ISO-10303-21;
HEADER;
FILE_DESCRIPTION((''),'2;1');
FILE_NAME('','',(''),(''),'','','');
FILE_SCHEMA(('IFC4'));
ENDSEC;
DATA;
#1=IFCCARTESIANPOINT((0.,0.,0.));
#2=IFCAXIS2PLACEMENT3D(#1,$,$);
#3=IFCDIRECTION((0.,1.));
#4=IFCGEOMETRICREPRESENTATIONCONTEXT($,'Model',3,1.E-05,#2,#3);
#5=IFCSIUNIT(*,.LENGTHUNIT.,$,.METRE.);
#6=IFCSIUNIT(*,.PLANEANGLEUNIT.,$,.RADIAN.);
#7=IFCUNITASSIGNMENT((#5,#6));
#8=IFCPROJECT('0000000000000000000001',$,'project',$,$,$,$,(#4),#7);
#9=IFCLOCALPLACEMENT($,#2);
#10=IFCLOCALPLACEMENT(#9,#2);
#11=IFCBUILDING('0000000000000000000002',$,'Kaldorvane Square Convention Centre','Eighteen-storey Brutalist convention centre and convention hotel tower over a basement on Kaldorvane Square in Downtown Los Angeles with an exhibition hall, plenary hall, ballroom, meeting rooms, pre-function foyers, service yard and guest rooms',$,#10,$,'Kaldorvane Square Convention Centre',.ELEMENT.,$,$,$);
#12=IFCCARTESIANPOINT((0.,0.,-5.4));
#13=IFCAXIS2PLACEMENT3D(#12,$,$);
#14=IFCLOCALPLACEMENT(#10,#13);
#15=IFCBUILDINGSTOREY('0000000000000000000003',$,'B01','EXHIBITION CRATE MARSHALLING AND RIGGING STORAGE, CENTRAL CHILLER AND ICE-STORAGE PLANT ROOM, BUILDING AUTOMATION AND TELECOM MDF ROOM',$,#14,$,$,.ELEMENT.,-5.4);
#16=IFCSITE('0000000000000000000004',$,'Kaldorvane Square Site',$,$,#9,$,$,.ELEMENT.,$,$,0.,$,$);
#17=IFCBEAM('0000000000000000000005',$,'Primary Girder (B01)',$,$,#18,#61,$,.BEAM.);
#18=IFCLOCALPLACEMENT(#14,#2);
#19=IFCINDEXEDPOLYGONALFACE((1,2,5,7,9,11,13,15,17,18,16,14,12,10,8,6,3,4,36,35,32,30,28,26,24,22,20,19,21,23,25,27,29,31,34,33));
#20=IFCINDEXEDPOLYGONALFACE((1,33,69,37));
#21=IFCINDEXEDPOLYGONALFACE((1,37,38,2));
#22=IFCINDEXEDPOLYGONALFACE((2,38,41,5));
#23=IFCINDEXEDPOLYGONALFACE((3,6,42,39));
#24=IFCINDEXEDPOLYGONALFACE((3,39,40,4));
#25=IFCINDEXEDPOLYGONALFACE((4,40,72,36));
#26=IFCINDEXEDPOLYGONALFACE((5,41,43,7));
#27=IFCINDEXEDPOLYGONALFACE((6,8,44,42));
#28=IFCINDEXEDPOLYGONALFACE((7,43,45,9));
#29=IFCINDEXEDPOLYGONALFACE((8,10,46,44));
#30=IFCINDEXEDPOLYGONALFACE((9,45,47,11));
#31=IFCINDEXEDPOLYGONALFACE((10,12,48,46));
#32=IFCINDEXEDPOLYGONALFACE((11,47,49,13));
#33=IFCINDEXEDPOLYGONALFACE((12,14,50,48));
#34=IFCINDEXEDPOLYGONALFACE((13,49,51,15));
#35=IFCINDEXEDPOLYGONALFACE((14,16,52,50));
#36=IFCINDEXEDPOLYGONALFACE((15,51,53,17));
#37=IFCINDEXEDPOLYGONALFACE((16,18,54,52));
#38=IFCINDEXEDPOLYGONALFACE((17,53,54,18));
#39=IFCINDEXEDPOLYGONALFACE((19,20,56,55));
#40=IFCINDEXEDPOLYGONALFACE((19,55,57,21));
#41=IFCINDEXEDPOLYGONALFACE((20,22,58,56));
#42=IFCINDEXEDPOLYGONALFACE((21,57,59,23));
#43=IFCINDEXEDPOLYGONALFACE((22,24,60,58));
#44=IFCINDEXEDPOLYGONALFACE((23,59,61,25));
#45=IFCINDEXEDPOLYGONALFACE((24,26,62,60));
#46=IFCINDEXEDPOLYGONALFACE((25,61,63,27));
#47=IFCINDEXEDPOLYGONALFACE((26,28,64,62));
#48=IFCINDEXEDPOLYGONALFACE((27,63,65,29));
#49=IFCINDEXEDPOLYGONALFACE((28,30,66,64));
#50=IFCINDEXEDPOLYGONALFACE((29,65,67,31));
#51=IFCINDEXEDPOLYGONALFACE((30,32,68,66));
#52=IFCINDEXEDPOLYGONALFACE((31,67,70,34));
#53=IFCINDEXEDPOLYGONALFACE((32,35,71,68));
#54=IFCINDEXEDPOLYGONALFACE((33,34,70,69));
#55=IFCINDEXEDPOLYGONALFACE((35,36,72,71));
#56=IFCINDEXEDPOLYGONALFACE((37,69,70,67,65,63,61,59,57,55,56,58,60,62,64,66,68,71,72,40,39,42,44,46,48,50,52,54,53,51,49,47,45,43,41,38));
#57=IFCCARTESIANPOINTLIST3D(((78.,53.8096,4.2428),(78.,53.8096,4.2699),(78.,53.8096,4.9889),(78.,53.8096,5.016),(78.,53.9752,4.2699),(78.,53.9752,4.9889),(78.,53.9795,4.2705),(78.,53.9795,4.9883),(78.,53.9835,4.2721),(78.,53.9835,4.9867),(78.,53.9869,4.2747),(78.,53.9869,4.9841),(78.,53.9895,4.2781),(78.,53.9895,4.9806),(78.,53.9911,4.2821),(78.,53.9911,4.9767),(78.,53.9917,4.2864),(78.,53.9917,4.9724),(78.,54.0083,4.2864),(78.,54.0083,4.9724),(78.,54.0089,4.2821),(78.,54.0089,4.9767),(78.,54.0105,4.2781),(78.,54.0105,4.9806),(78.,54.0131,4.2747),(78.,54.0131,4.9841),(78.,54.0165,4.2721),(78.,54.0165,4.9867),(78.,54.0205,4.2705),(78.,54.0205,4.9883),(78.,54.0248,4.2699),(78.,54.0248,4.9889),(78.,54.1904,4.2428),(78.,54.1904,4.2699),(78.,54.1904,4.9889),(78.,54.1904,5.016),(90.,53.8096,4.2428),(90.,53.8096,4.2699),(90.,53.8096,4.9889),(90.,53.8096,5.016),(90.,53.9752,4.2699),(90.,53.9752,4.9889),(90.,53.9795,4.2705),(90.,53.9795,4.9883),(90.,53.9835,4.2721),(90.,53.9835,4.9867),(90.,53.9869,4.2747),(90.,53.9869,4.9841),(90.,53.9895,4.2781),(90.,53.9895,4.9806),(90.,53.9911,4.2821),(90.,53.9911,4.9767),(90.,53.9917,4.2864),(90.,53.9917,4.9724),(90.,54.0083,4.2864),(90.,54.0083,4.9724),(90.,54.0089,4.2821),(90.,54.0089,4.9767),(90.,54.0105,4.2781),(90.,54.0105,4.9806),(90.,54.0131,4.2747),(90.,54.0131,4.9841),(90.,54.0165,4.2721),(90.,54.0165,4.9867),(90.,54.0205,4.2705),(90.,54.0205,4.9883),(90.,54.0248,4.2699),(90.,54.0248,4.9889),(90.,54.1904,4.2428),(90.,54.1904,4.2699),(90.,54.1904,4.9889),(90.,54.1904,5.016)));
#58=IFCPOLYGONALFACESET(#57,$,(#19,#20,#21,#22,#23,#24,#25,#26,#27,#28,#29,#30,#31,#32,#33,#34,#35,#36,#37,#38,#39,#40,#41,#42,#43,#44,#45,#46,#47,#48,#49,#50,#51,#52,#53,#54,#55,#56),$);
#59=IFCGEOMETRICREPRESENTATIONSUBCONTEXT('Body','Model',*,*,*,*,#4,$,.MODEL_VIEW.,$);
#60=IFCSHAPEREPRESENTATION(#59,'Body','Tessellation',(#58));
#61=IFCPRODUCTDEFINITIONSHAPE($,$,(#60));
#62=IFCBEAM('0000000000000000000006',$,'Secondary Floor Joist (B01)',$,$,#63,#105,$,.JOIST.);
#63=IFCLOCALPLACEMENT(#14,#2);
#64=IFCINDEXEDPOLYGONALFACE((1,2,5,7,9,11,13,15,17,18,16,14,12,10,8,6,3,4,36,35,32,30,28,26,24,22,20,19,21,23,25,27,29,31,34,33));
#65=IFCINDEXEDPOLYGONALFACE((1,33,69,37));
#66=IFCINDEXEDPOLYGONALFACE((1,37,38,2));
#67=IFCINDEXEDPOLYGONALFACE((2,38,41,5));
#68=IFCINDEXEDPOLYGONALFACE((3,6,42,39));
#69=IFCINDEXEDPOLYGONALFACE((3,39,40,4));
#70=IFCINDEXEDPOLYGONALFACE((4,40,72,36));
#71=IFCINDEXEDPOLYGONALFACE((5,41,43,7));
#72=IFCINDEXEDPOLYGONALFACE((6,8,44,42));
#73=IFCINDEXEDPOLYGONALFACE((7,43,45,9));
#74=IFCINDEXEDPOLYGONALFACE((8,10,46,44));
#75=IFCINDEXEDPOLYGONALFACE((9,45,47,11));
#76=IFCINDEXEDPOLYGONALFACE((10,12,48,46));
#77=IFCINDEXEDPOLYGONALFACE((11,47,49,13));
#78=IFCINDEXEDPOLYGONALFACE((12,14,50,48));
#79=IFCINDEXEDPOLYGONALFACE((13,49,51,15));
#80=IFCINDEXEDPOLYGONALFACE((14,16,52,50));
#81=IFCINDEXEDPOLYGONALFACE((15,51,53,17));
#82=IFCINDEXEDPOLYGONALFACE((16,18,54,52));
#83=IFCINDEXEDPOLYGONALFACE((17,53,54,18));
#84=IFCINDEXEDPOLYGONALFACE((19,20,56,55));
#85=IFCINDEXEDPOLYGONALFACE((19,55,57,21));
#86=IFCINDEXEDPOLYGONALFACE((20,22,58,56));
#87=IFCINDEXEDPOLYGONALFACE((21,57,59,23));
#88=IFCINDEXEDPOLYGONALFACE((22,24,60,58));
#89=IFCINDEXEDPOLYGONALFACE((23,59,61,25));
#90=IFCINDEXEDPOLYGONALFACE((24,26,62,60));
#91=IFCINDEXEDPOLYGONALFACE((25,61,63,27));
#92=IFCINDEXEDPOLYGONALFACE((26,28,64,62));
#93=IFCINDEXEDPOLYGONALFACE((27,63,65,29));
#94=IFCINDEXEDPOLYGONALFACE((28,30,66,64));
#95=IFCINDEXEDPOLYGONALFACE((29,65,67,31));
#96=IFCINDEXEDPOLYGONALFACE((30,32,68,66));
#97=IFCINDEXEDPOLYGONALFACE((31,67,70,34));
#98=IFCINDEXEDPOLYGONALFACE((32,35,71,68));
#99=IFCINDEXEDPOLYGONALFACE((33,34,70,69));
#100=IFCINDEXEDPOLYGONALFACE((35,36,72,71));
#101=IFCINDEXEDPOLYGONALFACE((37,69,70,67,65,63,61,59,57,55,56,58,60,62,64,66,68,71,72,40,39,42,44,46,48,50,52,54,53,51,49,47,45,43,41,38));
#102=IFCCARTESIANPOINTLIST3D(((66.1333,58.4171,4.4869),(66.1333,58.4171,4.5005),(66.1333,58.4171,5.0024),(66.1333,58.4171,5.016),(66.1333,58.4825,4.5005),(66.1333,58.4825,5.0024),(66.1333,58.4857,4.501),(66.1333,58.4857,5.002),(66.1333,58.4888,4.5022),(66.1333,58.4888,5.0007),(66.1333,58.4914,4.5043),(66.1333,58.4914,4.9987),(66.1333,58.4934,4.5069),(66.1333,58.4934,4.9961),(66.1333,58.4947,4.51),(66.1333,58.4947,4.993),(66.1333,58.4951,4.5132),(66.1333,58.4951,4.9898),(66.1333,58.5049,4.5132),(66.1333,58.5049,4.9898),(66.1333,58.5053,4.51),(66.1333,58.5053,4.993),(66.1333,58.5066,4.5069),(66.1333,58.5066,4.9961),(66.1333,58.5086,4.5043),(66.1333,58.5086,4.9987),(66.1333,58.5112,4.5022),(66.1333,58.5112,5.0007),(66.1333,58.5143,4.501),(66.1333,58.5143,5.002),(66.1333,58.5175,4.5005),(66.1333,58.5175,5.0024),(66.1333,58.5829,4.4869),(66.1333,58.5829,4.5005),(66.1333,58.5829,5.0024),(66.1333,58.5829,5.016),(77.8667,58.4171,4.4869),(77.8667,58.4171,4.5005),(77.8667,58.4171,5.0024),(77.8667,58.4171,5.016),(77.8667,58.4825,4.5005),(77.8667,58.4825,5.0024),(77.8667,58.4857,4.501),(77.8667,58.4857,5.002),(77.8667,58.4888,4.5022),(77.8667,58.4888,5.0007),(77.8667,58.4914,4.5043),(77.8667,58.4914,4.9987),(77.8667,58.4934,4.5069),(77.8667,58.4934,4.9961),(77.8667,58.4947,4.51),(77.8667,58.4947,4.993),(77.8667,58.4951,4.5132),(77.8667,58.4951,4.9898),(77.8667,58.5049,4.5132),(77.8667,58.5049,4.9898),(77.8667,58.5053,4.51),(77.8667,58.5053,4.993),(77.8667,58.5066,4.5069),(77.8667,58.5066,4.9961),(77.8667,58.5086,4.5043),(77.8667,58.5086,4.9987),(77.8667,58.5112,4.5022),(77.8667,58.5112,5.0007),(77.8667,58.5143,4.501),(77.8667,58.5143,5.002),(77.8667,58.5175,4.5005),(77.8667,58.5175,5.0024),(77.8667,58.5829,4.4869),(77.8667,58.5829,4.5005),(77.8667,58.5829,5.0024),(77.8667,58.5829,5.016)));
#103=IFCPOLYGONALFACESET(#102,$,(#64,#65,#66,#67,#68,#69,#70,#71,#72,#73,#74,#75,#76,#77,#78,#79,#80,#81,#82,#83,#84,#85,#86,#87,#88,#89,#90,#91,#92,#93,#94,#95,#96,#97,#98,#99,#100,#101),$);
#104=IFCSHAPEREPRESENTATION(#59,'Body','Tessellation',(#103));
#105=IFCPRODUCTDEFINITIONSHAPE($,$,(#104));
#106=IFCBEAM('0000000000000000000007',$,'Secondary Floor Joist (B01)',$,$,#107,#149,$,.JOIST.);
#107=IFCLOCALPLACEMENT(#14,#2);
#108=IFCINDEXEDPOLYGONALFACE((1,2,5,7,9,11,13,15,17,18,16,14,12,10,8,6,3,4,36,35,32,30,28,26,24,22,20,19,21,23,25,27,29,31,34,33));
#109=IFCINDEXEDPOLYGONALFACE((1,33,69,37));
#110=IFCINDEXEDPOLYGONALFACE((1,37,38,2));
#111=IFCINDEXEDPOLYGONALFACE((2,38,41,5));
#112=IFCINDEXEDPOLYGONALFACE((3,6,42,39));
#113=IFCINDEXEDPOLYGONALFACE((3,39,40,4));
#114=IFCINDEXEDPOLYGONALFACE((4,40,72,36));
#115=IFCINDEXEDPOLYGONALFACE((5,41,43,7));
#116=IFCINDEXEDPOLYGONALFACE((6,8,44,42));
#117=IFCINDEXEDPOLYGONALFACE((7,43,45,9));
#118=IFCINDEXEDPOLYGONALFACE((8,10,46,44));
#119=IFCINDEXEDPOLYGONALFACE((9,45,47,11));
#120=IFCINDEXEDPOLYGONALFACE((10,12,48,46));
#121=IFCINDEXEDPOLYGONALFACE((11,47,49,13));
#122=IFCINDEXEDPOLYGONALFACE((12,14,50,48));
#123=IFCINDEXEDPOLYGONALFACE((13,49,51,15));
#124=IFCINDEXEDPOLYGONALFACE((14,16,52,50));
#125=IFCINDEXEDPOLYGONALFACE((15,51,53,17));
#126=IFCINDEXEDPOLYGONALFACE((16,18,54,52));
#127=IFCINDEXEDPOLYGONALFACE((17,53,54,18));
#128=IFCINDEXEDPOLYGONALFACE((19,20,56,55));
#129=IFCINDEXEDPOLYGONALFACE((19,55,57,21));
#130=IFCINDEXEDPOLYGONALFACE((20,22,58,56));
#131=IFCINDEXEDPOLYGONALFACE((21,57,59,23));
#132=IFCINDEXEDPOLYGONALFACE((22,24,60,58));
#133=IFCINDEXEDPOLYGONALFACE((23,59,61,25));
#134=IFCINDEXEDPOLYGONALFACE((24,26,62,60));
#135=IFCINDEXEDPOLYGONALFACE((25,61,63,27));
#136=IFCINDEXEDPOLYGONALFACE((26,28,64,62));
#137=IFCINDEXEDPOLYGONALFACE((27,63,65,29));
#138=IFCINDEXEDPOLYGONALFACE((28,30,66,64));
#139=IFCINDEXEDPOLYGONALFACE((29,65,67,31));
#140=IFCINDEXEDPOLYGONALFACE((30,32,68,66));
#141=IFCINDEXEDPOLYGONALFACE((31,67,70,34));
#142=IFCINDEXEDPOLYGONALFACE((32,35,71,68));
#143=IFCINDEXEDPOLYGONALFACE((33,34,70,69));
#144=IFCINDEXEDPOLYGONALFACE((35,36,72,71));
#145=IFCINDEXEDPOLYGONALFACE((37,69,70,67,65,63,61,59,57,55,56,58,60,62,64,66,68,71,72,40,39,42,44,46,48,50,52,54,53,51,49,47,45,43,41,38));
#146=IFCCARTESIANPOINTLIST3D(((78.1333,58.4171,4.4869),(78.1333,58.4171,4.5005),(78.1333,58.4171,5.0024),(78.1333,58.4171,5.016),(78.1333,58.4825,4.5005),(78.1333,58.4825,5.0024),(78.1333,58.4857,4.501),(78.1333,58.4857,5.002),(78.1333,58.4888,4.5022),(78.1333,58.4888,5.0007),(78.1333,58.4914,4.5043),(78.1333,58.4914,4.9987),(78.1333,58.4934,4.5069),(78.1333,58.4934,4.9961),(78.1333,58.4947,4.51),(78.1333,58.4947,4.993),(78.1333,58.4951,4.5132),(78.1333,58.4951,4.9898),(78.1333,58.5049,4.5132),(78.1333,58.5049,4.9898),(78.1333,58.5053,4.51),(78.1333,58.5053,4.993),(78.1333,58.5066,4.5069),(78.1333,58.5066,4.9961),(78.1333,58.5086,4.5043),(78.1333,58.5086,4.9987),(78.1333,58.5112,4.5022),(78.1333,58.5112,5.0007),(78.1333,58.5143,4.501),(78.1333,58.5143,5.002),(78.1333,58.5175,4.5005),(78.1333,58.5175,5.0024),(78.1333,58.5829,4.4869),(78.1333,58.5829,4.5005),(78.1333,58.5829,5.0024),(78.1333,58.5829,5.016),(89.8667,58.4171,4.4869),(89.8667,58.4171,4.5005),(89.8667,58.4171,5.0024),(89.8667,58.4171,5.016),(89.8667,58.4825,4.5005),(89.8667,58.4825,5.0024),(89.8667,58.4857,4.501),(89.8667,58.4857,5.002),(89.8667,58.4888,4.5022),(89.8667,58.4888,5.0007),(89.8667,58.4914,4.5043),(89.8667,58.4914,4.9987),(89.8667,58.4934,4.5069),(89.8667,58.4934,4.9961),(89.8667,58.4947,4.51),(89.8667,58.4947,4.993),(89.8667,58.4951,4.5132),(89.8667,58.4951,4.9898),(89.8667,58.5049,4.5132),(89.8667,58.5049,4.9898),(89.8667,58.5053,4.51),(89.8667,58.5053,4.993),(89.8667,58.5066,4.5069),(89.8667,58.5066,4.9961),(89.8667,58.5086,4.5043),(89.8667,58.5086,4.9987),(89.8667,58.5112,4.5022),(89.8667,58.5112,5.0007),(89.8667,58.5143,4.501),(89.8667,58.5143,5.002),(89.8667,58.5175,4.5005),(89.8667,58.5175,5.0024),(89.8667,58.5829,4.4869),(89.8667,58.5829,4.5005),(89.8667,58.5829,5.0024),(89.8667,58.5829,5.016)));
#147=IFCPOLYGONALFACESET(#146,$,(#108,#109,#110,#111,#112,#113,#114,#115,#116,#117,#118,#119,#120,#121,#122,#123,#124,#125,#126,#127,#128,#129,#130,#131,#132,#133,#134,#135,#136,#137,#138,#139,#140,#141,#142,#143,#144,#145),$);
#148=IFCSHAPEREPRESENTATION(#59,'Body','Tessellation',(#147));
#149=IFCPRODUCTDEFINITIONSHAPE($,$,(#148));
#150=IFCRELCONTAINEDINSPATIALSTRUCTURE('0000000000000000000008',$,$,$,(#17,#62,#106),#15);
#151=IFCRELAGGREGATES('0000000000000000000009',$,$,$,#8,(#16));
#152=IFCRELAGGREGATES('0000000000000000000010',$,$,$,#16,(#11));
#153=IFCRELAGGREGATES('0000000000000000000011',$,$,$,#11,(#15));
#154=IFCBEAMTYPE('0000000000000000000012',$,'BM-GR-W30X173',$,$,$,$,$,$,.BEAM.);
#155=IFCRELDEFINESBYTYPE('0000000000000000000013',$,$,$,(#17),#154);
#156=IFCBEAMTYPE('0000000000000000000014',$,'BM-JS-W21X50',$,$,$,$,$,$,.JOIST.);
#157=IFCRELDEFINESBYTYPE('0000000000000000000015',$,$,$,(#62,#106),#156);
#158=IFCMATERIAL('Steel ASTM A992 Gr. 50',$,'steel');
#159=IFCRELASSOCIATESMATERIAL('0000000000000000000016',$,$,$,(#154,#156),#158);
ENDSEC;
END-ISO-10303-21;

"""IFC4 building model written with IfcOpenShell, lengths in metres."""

from ifc_helpers import new_model, si_unit, direction, frame, origin, origin_2d, place, context, subcontext, project, spatial, i_section, extrude, material, material_profile, profile_set, type_object, element, save


model = new_model("IFC4")

# Units and contexts
model_context = context("Model", 3, precision=1e-05, world=origin(), true_north=direction((0.0, 1.0)))
body_context = subcontext(model_context, "Body", "Model", "MODEL_VIEW")
ifc_project = project(units=[si_unit("LENGTHUNIT", "METRE"), si_unit("PLANEANGLEUNIT", "RADIAN")], contexts=[model_context])

# Site, building, storey
site_placement = place(None, origin())
site = spatial("IfcSite", under=ifc_project, at=site_placement, Name="Kaldorvane Square Site", CompositionType="ELEMENT", RefElevation=0.0)
building_placement = place(site_placement, origin())
building = spatial("IfcBuilding", under=site, at=building_placement, Name="Kaldorvane Square Convention Centre", Description="Eighteen-storey Brutalist convention centre and convention hotel tower over a basement on Kaldorvane Square in Downtown Los Angeles with an exhibition hall, plenary hall, ballroom, meeting rooms, pre-function foyers, service yard and guest rooms", LongName="Kaldorvane Square Convention Centre", CompositionType="ELEMENT")
storey_placement = place(building_placement, frame((0.0, 0.0, -5.4)))
storey = spatial("IfcBuildingStorey", under=building, at=storey_placement, Name="B01", Description="EXHIBITION CRATE MARSHALLING AND RIGGING STORAGE, CENTRAL CHILLER AND ICE-STORAGE PLANT ROOM, BUILDING AUTOMATION AND TELECOM MDF ROOM", CompositionType="ELEMENT", Elevation=-5.4)

# Shared definitions
ifc_material_1 = material(Name="Steel ASTM A992 Gr. 50", Category="steel")

# Beams
ifc_material_profile_1 = material_profile(ifc_material_1, i_section(OverallWidth=0.3807, OverallDepth=0.7732, WebThickness=0.0166, FlangeThickness=0.0271, FilletRadius=0.0165, at=origin_2d()), Name="W30X173")
ifc_profile_set_1 = profile_set([ifc_material_profile_1], Name="Steel ASTM A992 Gr. 50")
beam_type_1 = type_object("IfcBeamType", Name="BM-GR-W30X173", PredefinedType="BEAM", material=ifc_profile_set_1)
for number, where, z_axis, x_axis, name in (
    (1, (78.0, 54.0, 4.6294), (1.0, 0.0, 0.0), (0.0, 1.0, 0.0), "Primary Girder (B01)"),
):
    element("IfcBeam", number, at=place(storey_placement, frame(where, z_axis=z_axis, x_axis=x_axis)), inside=storey, type_object=beam_type_1, Name=name, PredefinedType="BEAM", context=body_context, shape_type="SweptSolid", body=[
        extrude(i_section(OverallWidth=0.3807, OverallDepth=0.7732, WebThickness=0.0166, FlangeThickness=0.0271, FilletRadius=0.0165, at=origin_2d()), origin(), (0.0, 0.0, 1.0), 12.0),
    ])
ifc_material_profile_2 = material_profile(ifc_material_1, i_section(OverallWidth=0.1659, OverallDepth=0.5291, WebThickness=0.0097, FlangeThickness=0.0136, FilletRadius=0.0127, at=origin_2d()), Name="W21X50")
ifc_profile_set_2 = profile_set([ifc_material_profile_2], Name="Steel ASTM A992 Gr. 50")
beam_type_2 = type_object("IfcBeamType", Name="BM-JS-W21X50", PredefinedType="JOIST", material=ifc_profile_set_2)
for number, where, z_axis, x_axis, name in (
    (2, (66.1333, 58.5, 4.7515), (1.0, 0.0, 0.0), (0.0, 1.0, 0.0), "Secondary Floor Joist (B01)"),
    (3, (78.1333, 58.5, 4.7515), (1.0, 0.0, 0.0), (0.0, 1.0, 0.0), "Secondary Floor Joist (B01)"),
):
    element("IfcBeam", number, at=place(storey_placement, frame(where, z_axis=z_axis, x_axis=x_axis)), inside=storey, type_object=beam_type_2, Name=name, PredefinedType="JOIST", context=body_context, shape_type="SweptSolid", body=[
        extrude(i_section(OverallWidth=0.1659, OverallDepth=0.5291, WebThickness=0.0097, FlangeThickness=0.0136, FilletRadius=0.0127, at=origin_2d()), origin(), (0.0, 0.0, 1.0), 11.7334),
    ])

save(model, "model.ifc")
